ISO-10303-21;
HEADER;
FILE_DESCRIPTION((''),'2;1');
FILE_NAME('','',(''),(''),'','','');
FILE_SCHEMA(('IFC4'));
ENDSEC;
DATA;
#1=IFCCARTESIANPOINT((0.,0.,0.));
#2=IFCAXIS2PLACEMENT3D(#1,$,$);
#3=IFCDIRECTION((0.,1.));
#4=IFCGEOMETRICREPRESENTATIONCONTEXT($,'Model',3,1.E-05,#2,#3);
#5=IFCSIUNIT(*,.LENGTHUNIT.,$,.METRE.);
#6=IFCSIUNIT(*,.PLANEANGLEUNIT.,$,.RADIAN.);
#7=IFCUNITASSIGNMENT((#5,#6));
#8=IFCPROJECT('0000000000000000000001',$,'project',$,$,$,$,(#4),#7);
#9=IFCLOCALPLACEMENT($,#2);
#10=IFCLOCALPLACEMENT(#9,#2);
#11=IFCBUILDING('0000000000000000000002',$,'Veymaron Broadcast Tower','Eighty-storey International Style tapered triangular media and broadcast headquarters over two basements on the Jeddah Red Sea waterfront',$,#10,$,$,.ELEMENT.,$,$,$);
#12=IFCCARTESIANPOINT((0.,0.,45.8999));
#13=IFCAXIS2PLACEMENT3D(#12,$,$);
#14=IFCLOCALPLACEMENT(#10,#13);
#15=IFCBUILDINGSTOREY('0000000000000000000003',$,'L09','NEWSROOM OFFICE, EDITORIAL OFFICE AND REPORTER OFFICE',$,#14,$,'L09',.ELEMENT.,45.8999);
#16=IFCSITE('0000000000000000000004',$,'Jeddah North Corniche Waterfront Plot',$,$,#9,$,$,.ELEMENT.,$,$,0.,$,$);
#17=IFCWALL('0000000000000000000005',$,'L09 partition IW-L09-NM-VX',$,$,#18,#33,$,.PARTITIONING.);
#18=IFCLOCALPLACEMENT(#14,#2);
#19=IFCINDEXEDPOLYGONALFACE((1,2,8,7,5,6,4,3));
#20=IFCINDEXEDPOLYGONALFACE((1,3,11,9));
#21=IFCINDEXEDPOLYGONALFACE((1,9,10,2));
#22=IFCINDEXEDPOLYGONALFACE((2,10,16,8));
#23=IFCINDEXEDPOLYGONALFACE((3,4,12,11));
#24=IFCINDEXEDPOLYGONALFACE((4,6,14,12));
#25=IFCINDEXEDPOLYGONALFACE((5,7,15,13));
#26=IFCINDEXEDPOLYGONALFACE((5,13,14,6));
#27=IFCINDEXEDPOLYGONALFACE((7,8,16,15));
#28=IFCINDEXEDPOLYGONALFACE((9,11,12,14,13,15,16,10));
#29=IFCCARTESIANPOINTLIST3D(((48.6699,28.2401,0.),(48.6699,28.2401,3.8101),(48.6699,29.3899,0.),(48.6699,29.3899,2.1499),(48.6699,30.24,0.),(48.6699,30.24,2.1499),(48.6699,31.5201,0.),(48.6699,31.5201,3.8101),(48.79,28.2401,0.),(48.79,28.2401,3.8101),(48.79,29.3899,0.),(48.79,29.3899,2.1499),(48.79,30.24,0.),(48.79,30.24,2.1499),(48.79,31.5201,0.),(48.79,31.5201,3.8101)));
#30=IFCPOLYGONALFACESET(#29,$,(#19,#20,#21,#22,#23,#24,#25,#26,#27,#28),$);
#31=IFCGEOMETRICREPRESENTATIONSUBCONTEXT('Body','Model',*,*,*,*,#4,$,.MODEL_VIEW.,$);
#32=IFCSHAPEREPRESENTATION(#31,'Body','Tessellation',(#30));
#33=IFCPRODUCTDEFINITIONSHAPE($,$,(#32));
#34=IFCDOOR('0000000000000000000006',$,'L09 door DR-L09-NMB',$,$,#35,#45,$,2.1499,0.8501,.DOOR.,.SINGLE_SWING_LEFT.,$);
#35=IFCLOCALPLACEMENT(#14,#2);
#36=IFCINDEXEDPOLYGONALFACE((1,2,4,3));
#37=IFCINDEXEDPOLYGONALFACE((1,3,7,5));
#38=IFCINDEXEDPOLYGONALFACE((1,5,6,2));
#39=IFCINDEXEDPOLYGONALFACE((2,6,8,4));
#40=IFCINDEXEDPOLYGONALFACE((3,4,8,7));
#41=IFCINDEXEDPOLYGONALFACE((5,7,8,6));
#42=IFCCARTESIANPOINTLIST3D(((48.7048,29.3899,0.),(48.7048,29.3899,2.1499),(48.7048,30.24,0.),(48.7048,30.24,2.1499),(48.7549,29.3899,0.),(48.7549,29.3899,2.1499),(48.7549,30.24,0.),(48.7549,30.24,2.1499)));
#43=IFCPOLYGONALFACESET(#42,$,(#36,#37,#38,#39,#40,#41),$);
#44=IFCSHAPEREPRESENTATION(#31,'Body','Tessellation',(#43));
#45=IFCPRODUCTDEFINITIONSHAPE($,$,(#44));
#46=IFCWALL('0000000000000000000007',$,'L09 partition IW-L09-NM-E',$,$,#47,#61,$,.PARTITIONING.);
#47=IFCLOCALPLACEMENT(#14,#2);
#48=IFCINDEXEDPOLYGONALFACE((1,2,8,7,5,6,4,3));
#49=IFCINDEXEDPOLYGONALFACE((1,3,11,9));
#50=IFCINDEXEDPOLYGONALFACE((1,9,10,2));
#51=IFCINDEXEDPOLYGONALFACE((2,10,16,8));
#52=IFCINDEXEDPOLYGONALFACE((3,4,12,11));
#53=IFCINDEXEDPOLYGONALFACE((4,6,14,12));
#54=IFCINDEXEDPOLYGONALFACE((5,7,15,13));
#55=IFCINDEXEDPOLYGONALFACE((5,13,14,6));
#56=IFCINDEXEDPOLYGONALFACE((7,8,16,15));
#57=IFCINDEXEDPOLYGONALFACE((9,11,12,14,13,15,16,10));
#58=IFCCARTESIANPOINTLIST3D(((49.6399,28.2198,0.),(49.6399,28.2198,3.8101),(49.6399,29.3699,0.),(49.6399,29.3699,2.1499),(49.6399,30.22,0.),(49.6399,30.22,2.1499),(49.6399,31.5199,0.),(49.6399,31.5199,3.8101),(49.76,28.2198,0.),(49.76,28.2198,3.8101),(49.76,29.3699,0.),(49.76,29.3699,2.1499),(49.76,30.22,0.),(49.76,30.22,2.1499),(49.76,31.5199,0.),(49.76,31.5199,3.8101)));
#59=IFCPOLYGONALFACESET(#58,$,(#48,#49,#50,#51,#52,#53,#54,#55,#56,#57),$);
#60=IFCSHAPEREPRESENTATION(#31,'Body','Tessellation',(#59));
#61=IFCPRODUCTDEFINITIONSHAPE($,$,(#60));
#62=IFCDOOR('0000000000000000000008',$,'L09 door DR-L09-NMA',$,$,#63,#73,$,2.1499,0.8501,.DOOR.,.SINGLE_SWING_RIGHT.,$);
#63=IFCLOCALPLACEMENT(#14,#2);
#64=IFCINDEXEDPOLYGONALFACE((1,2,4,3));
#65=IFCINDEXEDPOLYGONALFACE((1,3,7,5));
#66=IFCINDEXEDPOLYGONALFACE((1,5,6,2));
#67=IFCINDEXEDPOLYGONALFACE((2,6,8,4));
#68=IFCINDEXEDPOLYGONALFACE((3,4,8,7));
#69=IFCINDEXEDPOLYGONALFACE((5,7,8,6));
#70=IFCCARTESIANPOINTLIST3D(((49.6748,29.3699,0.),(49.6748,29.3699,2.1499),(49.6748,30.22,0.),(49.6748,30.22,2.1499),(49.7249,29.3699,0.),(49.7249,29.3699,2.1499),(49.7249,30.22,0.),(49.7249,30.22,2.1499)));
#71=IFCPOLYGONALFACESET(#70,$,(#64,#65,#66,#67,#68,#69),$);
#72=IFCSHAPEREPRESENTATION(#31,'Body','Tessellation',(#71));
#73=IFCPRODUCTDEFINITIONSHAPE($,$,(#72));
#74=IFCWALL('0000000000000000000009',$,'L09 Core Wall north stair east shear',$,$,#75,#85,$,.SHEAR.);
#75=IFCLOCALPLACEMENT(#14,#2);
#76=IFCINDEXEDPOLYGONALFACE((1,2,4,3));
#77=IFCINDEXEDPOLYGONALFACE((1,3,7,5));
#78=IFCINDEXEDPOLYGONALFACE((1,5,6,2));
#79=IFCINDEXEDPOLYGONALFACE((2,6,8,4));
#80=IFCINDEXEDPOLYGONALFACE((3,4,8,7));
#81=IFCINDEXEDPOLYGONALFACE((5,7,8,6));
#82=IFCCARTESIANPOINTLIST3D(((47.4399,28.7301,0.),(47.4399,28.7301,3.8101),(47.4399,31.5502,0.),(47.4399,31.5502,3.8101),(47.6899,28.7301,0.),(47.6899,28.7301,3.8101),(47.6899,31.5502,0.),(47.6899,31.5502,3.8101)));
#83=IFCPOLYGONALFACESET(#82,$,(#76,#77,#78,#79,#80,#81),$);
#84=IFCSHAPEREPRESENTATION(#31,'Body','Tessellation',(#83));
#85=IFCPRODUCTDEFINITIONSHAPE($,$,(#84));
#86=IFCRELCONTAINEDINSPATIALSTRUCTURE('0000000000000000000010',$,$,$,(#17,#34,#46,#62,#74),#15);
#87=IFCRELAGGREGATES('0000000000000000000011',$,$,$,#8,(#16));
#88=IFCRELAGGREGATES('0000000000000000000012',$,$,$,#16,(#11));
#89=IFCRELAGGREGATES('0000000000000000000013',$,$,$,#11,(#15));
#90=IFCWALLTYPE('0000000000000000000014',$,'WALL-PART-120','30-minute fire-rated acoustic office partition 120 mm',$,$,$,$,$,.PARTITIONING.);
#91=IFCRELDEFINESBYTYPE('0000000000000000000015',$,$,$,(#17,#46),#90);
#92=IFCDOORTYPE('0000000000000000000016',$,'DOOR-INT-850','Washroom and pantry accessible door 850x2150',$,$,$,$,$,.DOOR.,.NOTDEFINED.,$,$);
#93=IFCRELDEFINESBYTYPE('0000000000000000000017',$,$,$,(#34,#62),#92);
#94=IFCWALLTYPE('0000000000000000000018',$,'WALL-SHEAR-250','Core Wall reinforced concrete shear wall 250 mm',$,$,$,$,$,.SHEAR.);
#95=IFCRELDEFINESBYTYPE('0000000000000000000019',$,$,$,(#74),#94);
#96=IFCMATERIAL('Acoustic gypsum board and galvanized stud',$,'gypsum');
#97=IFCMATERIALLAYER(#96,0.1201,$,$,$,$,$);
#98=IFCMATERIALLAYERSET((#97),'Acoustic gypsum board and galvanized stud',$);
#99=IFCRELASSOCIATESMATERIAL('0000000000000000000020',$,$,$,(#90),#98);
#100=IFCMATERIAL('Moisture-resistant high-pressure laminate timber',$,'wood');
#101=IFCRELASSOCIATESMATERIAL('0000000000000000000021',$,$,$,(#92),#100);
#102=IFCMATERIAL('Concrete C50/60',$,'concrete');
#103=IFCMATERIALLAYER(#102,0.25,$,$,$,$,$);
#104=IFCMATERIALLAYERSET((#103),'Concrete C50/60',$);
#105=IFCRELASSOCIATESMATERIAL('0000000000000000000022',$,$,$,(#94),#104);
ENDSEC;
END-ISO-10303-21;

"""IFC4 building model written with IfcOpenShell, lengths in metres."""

from ifc_helpers import new_model, si_unit, direction, frame, frame_2d, origin, place, context, subcontext, project, spatial, rectangle, extrude, material, layer, layer_set, type_object, element, fill, save


model = new_model("IFC4")

# Units and contexts
model_context = context("Model", 3, precision=1e-05, world=origin(), true_north=direction((0.0, 1.0)))
body_context = subcontext(model_context, "Body", "Model", "MODEL_VIEW")
ifc_project = project(units=[si_unit("LENGTHUNIT", "METRE"), si_unit("PLANEANGLEUNIT", "RADIAN")], contexts=[model_context])

# Site, building, storey
site_placement = place(None, origin())
site = spatial("IfcSite", under=ifc_project, at=site_placement, Name="Jeddah North Corniche Waterfront Plot", CompositionType="ELEMENT", RefElevation=0.0)
building_placement = place(site_placement, origin())
building = spatial("IfcBuilding", under=site, at=building_placement, Name="Veymaron Broadcast Tower", Description="Eighty-storey International Style tapered triangular media and broadcast headquarters over two basements on the Jeddah Red Sea waterfront", CompositionType="ELEMENT")
storey_placement = place(building_placement, frame((0.0, 0.0, 45.8999)))
storey = spatial("IfcBuildingStorey", under=building, at=storey_placement, Name="L09", Description="NEWSROOM OFFICE, EDITORIAL OFFICE AND REPORTER OFFICE", LongName="L09", CompositionType="ELEMENT", Elevation=45.8999)

# Walls, openings, doors
ifc_material_1 = material(Name="Acoustic gypsum board and galvanized stud", Category="gypsum")
ifc_layer_1 = layer(ifc_material_1, 0.1201)
ifc_layer_set_1 = layer_set([ifc_layer_1], Name="Acoustic gypsum board and galvanized stud")
wall_type_1 = type_object("IfcWallType", Name="WALL-PART-120", Description="30-minute fire-rated acoustic office partition 120 mm", PredefinedType="PARTITIONING", material=ifc_layer_set_1)
wall_1_placement = place(storey_placement, frame((48.73, 28.24, 0.0), z_axis=(0.0, 0.0, 1.0), x_axis=(0.0, 1.0, 0.0)))
wall_1 = element("IfcWall", 1, at=wall_1_placement, inside=storey, type_object=wall_type_1, Name="L09 partition IW-L09-NM-VX", PredefinedType="PARTITIONING", context=body_context, shape_type="SweptSolid", body=[
    extrude(rectangle(XDim=3.28, YDim=0.1201, at=frame_2d((1.6401, 0.0))), origin(), (0.0, 0.0, 1.0), 3.8101),
])
opening_1_placement = place(wall_1_placement, frame((1.1499, 0.0, 0.0)))
opening_1 = element("IfcOpeningElement", 2, at=opening_1_placement, cuts=wall_1, PredefinedType="OPENING", context=body_context, shape_type="SweptSolid", body=[
    extrude(rectangle(XDim=0.8501, YDim=2.1499, at=frame_2d((0.425, 1.075))), frame((0.0, 0.0701, 0.0), z_axis=(0.0, -1.0, 0.0), x_axis=(1.0, 0.0, 0.0)), (0.0, 0.0, 1.0), 0.1401),
])
ifc_material_2 = material(Name="Moisture-resistant high-pressure laminate timber", Category="wood")
door_type_1 = type_object("IfcDoorType", Name="DOOR-INT-850", Description="Washroom and pantry accessible door 850x2150", OperationType="NOTDEFINED", PredefinedType="DOOR", material=ifc_material_2)
door_1_placement = place(opening_1_placement, frame((0.8501, 0.0, 0.0), z_axis=(0.0, 0.0, 1.0), x_axis=(-1.0, 0.0, 0.0)))
door_1 = element("IfcDoor", 3, at=door_1_placement, inside=storey, type_object=door_type_1, Name="L09 door DR-L09-NMB", OperationType="SINGLE_SWING_LEFT", OverallHeight=2.1499, OverallWidth=0.8501, PredefinedType="DOOR", context=body_context, shape_type="SweptSolid", body=[
    extrude(rectangle(XDim=0.8501, YDim=2.1499, at=frame_2d((0.425, 1.075))), frame((0.0, 0.0249, 0.0), z_axis=(0.0, -1.0, 0.0), x_axis=(1.0, 0.0, 0.0)), (0.0, 0.0, 1.0), 0.05),
])
fill(opening_1, door_1)
wall_2_placement = place(storey_placement, frame((49.7, 28.22, 0.0), z_axis=(0.0, 0.0, 1.0), x_axis=(0.0, 1.0, 0.0)))
wall_2 = element("IfcWall", 4, at=wall_2_placement, inside=storey, type_object=wall_type_1, Name="L09 partition IW-L09-NM-E", PredefinedType="PARTITIONING", context=body_context, shape_type="SweptSolid", body=[
    extrude(rectangle(XDim=3.3, YDim=0.1201, at=frame_2d((1.6499, 0.0))), origin(), (0.0, 0.0, 1.0), 3.8101),
])
opening_2_placement = place(wall_2_placement, frame((1.1499, 0.0, 0.0)))
opening_2 = element("IfcOpeningElement", 5, at=opening_2_placement, cuts=wall_2, PredefinedType="OPENING", context=body_context, shape_type="SweptSolid", body=[
    extrude(rectangle(XDim=0.8501, YDim=2.1499, at=frame_2d((0.425, 1.075))), frame((0.0, 0.0701, 0.0), z_axis=(0.0, -1.0, 0.0), x_axis=(1.0, 0.0, 0.0)), (0.0, 0.0, 1.0), 0.1401),
])
door_2_placement = place(opening_2_placement, frame((0.8501, 0.0, 0.0), z_axis=(0.0, 0.0, 1.0), x_axis=(-1.0, 0.0, 0.0)))
door_2 = element("IfcDoor", 6, at=door_2_placement, inside=storey, type_object=door_type_1, Name="L09 door DR-L09-NMA", OperationType="SINGLE_SWING_RIGHT", OverallHeight=2.1499, OverallWidth=0.8501, PredefinedType="DOOR", context=body_context, shape_type="SweptSolid", body=[
    extrude(rectangle(XDim=0.8501, YDim=2.1499, at=frame_2d((0.425, 1.075))), frame((0.0, 0.0249, 0.0), z_axis=(0.0, -1.0, 0.0), x_axis=(1.0, 0.0, 0.0)), (0.0, 0.0, 1.0), 0.05),
])
fill(opening_2, door_2)

# Wall
ifc_material_3 = material(Name="Concrete C50/60", Category="concrete")
ifc_layer_2 = layer(ifc_material_3, 0.25)
ifc_layer_set_2 = layer_set([ifc_layer_2], Name="Concrete C50/60")
wall_type_2 = type_object("IfcWallType", Name="WALL-SHEAR-250", Description="Core Wall reinforced concrete shear wall 250 mm", PredefinedType="SHEAR", material=ifc_layer_set_2)
wall_3_placement = place(storey_placement, frame((47.5649, 28.73, 0.0), z_axis=(0.0, 0.0, 1.0), x_axis=(0.0, 1.0, 0.0)))
element("IfcWall", 7, at=wall_3_placement, inside=storey, type_object=wall_type_2, Name="L09 Core Wall north stair east shear", PredefinedType="SHEAR", context=body_context, shape_type="SweptSolid", body=[
    extrude(rectangle(XDim=2.8201, YDim=0.25, at=frame_2d((1.4102, 0.0))), origin(), (0.0, 0.0, 1.0), 3.8101),
])

save(model, "model.ifc")
